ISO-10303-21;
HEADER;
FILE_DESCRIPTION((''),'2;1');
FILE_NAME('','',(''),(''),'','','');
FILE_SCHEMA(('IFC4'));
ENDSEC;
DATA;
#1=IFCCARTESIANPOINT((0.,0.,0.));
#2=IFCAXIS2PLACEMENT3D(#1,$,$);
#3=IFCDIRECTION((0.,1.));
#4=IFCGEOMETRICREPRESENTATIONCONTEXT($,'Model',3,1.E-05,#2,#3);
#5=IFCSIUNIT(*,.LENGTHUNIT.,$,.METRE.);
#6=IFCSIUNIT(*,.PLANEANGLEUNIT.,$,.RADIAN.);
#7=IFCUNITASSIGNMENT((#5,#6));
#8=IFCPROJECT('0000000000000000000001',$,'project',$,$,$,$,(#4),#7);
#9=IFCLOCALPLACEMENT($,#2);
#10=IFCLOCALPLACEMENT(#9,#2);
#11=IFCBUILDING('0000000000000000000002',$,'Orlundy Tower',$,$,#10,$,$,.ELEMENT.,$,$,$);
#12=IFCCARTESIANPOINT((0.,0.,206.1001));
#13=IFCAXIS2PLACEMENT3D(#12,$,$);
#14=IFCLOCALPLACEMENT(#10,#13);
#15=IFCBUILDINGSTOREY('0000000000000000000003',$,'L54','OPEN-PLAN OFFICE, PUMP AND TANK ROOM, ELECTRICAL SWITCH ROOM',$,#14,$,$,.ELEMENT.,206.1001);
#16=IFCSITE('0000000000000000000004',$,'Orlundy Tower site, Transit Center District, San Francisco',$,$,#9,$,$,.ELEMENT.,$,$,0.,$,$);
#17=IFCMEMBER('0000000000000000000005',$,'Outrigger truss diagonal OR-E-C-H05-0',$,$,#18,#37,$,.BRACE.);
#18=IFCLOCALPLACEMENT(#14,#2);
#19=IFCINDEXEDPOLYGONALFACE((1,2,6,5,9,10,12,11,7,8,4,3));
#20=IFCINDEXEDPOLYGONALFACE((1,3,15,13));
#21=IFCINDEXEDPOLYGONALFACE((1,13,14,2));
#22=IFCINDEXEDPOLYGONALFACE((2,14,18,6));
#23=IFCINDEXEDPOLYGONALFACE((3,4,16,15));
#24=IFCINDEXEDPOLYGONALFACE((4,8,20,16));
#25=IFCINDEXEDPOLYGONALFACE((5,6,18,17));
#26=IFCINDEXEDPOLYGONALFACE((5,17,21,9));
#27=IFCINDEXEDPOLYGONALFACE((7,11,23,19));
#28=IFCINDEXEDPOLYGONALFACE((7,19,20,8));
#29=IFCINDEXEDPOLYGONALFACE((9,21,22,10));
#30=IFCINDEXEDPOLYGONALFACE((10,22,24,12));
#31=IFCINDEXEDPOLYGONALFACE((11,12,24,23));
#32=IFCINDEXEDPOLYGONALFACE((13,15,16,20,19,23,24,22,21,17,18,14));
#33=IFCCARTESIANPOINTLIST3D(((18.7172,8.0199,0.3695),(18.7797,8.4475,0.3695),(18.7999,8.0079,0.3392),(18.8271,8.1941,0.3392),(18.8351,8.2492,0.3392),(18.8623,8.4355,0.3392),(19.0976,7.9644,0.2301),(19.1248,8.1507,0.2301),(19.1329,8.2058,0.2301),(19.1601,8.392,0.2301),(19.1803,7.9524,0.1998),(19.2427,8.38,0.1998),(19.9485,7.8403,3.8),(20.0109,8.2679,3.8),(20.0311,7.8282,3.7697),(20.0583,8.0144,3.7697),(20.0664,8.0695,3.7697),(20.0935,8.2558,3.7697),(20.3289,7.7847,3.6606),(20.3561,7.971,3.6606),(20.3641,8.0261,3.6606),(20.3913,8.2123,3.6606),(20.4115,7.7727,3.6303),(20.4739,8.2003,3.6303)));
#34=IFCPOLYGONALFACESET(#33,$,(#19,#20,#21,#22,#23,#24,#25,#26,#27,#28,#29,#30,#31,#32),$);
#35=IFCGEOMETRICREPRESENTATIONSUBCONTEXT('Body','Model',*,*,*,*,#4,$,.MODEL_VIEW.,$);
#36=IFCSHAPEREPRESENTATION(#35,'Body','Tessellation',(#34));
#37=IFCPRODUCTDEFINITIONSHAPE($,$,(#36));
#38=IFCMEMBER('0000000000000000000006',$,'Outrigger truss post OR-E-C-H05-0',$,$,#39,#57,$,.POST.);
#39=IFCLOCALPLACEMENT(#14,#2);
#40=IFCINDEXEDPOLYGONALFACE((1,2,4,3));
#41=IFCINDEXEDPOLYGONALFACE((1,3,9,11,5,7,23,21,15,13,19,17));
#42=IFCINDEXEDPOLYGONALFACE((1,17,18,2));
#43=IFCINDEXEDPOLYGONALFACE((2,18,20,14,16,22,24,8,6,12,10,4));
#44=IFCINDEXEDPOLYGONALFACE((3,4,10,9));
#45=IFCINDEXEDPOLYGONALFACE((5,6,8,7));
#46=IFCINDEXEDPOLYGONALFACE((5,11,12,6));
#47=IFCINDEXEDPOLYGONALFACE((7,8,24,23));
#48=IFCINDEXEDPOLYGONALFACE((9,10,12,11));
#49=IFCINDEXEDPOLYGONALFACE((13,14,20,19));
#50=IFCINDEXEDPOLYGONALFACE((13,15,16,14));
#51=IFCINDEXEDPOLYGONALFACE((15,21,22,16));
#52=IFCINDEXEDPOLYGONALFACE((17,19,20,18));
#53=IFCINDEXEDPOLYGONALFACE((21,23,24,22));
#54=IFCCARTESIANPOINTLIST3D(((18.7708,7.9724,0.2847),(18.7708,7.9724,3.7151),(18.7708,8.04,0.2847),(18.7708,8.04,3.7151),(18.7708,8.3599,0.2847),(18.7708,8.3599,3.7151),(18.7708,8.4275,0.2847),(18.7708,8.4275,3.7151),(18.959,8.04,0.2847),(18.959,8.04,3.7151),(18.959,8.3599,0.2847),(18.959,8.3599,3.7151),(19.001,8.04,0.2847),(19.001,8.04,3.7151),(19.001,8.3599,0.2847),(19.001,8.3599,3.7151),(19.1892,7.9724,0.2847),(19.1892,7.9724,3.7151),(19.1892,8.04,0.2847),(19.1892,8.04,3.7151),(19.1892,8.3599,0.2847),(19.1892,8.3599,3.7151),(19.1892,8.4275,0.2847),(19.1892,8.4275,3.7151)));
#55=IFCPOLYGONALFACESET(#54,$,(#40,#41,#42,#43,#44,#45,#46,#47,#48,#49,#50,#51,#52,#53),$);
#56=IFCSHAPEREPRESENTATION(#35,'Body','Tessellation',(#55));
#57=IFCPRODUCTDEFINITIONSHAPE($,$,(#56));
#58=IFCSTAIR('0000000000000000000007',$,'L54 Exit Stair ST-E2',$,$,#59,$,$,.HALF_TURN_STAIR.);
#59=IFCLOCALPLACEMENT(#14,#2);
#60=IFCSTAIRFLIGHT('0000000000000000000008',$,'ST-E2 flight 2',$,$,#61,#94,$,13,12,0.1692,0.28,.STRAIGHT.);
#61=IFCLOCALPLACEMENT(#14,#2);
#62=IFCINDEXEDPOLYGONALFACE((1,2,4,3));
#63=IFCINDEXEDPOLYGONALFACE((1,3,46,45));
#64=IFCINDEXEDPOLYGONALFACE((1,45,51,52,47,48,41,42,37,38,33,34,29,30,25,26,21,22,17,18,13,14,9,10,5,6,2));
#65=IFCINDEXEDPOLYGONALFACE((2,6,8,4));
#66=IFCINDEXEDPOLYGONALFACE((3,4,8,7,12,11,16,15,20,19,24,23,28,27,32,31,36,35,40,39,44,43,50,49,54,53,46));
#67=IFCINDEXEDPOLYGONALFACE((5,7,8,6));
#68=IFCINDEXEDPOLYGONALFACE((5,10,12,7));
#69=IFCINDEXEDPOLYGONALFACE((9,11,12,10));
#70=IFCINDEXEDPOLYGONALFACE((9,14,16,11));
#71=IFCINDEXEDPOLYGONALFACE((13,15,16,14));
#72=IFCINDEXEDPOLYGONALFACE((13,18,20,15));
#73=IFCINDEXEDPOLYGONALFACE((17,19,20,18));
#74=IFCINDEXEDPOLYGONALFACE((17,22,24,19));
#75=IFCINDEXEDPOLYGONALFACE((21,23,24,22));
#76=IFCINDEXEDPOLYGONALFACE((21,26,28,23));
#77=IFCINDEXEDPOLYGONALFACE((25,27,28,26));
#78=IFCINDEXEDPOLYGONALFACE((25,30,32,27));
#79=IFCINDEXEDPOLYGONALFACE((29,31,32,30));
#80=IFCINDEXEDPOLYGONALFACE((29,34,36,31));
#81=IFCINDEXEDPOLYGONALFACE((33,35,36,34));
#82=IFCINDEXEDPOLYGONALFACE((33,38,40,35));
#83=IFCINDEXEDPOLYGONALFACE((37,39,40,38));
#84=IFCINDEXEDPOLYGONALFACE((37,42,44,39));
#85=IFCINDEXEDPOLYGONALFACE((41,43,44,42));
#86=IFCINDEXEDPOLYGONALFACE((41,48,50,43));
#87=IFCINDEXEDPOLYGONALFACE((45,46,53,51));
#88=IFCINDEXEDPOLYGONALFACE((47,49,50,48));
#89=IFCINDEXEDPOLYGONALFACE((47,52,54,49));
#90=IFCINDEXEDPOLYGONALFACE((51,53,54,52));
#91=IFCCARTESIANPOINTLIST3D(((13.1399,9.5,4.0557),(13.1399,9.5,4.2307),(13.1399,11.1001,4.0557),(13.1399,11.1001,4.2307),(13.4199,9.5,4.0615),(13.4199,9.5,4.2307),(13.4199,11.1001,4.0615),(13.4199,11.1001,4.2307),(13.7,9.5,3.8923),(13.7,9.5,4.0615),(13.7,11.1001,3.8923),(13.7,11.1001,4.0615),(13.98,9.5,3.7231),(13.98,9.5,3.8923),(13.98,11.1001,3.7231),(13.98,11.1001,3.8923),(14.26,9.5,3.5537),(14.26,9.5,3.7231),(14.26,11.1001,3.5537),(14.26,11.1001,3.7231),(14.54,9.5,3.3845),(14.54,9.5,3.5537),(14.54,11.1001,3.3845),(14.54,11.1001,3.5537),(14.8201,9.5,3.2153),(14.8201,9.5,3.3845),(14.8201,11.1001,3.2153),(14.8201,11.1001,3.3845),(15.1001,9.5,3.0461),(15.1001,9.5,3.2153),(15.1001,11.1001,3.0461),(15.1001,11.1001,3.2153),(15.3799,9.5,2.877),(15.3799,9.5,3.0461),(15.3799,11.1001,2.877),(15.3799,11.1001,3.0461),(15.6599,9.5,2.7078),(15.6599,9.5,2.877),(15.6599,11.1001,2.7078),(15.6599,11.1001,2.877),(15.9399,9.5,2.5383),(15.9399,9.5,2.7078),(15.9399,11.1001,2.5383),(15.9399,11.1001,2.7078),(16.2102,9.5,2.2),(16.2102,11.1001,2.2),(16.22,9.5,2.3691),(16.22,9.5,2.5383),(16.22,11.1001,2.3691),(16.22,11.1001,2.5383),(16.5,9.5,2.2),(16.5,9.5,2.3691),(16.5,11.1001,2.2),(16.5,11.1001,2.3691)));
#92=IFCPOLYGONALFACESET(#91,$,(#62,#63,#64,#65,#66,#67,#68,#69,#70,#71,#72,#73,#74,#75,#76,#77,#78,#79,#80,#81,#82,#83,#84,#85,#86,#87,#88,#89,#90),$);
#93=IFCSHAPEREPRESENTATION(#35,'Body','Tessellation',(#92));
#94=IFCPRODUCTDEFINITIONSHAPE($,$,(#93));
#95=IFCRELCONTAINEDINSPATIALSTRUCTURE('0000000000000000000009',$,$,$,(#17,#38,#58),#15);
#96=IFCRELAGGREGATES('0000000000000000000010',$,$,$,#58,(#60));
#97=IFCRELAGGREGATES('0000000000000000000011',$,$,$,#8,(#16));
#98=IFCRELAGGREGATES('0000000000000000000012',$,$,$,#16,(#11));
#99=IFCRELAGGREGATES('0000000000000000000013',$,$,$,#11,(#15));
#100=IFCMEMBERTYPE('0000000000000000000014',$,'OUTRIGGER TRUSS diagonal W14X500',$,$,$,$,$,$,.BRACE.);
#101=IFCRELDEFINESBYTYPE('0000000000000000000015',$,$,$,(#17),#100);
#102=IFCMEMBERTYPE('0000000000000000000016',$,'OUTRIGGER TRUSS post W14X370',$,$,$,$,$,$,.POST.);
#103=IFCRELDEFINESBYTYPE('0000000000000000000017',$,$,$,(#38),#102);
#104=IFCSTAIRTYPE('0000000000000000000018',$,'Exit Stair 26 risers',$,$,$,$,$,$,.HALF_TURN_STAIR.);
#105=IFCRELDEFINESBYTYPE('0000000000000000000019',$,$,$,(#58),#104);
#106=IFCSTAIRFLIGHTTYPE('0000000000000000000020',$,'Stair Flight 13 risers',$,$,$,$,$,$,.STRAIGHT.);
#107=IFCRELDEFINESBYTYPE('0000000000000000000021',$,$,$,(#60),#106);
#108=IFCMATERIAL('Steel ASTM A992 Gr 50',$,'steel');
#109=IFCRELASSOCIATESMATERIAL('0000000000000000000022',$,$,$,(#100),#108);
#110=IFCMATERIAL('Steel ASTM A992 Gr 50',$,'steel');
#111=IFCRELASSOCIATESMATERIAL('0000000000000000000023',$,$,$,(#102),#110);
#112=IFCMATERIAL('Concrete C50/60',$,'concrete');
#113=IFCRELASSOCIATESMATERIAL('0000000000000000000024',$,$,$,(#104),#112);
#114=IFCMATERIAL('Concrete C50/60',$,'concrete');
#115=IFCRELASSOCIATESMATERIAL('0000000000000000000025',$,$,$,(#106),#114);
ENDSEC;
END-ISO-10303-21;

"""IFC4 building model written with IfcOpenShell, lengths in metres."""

from ifc_helpers import new_model, si_unit, direction, frame, origin, origin_2d, place, context, subcontext, project, spatial, polyline, i_section, outline, extrude, material, material_profile, profile_set, type_object, element, aggregate, save


model = new_model("IFC4")

# Units and contexts
model_context = context("Model", 3, precision=1e-05, world=origin(), true_north=direction((0.0, 1.0)))
body_context = subcontext(model_context, "Body", "Model", "MODEL_VIEW")
ifc_project = project(units=[si_unit("LENGTHUNIT", "METRE"), si_unit("PLANEANGLEUNIT", "RADIAN")], contexts=[model_context])

# Site, building, storey
site_placement = place(None, origin())
site = spatial("IfcSite", under=ifc_project, at=site_placement, Name="Orlundy Tower site, Transit Center District, San Francisco", CompositionType="ELEMENT", RefElevation=0.0)
building_placement = place(site_placement, origin())
building = spatial("IfcBuilding", under=site, at=building_placement, Name="Orlundy Tower", CompositionType="ELEMENT")
storey_placement = place(building_placement, frame((0.0, 0.0, 206.1001)))
storey = spatial("IfcBuildingStorey", under=building, at=storey_placement, Name="L54", Description="OPEN-PLAN OFFICE, PUMP AND TANK ROOM, ELECTRICAL SWITCH ROOM", CompositionType="ELEMENT", Elevation=206.1001)

# Members
ifc_material_1 = material(Name="Steel ASTM A992 Gr 50", Category="steel")
ifc_material_profile_1 = material_profile(ifc_material_1, i_section(OverallWidth=0.4321, OverallDepth=0.4978, WebThickness=0.0557, FlangeThickness=0.0889, at=origin_2d()), Name="W14X500")
ifc_profile_set_1 = profile_set([ifc_material_profile_1], Name="Steel ASTM A992 Gr 50")
member_type_1 = type_object("IfcMemberType", Name="OUTRIGGER TRUSS diagonal W14X500", PredefinedType="BRACE", material=ifc_profile_set_1)
member_1_placement = place(storey_placement, frame((18.98, 8.2, 0.2847), z_axis=(0.337399, -0.049242, 0.940073), x_axis=(0.144415, 0.989517, 0.0)))
element("IfcMember", 1, at=member_1_placement, inside=storey, type_object=member_type_1, Name="Outrigger truss diagonal OR-E-C-H05-0", PredefinedType="BRACE", context=body_context, shape_type="SweptSolid", body=[
    extrude(i_section(OverallWidth=0.4321, OverallDepth=0.4978, WebThickness=0.0557, FlangeThickness=0.0889, at=origin_2d()), origin(), (0.0, 0.0, 1.0), 3.6492),
])
ifc_material_2 = material(Name="Steel ASTM A992 Gr 50", Category="steel")
ifc_material_profile_2 = material_profile(ifc_material_2, i_section(OverallWidth=0.4185, OverallDepth=0.4551, WebThickness=0.042, FlangeThickness=0.0676, at=origin_2d()), Name="W14X370")
ifc_profile_set_2 = profile_set([ifc_material_profile_2], Name="Steel ASTM A992 Gr 50")
member_type_2 = type_object("IfcMemberType", Name="OUTRIGGER TRUSS post W14X370", PredefinedType="POST", material=ifc_profile_set_2)
member_2_placement = place(storey_placement, frame((18.98, 8.2, 0.2847), z_axis=(0.0, 0.0, 1.0), x_axis=(1.0, 0.0, 0.0)))
element("IfcMember", 2, at=member_2_placement, inside=storey, type_object=member_type_2, Name="Outrigger truss post OR-E-C-H05-0", PredefinedType="POST", context=body_context, shape_type="SweptSolid", body=[
    extrude(i_section(OverallWidth=0.4185, OverallDepth=0.4551, WebThickness=0.042, FlangeThickness=0.0676, at=origin_2d()), origin(), (0.0, 0.0, 1.0), 3.4304),
])

# Stair, stair flight
ifc_material_3 = material(Name="Concrete C50/60", Category="concrete")
stair_type = type_object("IfcStairType", Name="Exit Stair 26 risers", PredefinedType="HALF_TURN_STAIR", material=ifc_material_3)
stair_placement = place(storey_placement, origin())
stair = element("IfcStair", 3, at=stair_placement, inside=storey, type_object=stair_type, Name="L54 Exit Stair ST-E2", PredefinedType="HALF_TURN_STAIR")
ifc_material_4 = material(Name="Concrete C50/60", Category="concrete")
stair_flight_type = type_object("IfcStairFlightType", Name="Stair Flight 13 risers", PredefinedType="STRAIGHT", material=ifc_material_4)
stair_flight_placement = place(storey_placement, frame((16.5, 10.3, 2.2), z_axis=(0.0, 0.0, 1.0), x_axis=(-1.0, 0.0, 0.0)))
stair_flight = element("IfcStairFlight", 4, at=stair_flight_placement, type_object=stair_flight_type, Name="ST-E2 flight 2", NumberOfRisers=13, NumberOfTreads=12, PredefinedType="STRAIGHT", RiserHeight=0.1692, TreadLength=0.28, context=body_context, shape_type="SweptSolid", body=[
    extrude(outline(polyline([(0.0, 0.0), (0.0, 0.1692), (0.28, 0.1692), (0.28, 0.3384), (0.5601, 0.3384), (0.5601, 0.5078), (0.8401, 0.5078), (0.8401, 0.677), (1.1201, 0.677), (1.1201, 0.8462), (1.3999, 0.8462), (1.3999, 1.0154), (1.6799, 1.0154), (1.6799, 1.1846), (1.96, 1.1846), (1.96, 1.3538), (2.24, 1.3538), (2.24, 1.5232), (2.52, 1.5232), (2.52, 1.6924), (2.8, 1.6924), (2.8, 1.8616), (3.0801, 1.8616), (3.0801, 2.0308), (3.3601, 2.0308), (3.3601, 2.2), (3.3601, 1.8557), (0.2898, 0.0), (0.0, 0.0)])), frame((0.0, 0.8, 0.0), z_axis=(0.0, -1.0, 0.0), x_axis=(1.0, 0.0, 0.0)), (0.0, 0.0, 1.0), 1.6001),
])
aggregate(stair, [stair_flight])

save(model, "model.ifc")
